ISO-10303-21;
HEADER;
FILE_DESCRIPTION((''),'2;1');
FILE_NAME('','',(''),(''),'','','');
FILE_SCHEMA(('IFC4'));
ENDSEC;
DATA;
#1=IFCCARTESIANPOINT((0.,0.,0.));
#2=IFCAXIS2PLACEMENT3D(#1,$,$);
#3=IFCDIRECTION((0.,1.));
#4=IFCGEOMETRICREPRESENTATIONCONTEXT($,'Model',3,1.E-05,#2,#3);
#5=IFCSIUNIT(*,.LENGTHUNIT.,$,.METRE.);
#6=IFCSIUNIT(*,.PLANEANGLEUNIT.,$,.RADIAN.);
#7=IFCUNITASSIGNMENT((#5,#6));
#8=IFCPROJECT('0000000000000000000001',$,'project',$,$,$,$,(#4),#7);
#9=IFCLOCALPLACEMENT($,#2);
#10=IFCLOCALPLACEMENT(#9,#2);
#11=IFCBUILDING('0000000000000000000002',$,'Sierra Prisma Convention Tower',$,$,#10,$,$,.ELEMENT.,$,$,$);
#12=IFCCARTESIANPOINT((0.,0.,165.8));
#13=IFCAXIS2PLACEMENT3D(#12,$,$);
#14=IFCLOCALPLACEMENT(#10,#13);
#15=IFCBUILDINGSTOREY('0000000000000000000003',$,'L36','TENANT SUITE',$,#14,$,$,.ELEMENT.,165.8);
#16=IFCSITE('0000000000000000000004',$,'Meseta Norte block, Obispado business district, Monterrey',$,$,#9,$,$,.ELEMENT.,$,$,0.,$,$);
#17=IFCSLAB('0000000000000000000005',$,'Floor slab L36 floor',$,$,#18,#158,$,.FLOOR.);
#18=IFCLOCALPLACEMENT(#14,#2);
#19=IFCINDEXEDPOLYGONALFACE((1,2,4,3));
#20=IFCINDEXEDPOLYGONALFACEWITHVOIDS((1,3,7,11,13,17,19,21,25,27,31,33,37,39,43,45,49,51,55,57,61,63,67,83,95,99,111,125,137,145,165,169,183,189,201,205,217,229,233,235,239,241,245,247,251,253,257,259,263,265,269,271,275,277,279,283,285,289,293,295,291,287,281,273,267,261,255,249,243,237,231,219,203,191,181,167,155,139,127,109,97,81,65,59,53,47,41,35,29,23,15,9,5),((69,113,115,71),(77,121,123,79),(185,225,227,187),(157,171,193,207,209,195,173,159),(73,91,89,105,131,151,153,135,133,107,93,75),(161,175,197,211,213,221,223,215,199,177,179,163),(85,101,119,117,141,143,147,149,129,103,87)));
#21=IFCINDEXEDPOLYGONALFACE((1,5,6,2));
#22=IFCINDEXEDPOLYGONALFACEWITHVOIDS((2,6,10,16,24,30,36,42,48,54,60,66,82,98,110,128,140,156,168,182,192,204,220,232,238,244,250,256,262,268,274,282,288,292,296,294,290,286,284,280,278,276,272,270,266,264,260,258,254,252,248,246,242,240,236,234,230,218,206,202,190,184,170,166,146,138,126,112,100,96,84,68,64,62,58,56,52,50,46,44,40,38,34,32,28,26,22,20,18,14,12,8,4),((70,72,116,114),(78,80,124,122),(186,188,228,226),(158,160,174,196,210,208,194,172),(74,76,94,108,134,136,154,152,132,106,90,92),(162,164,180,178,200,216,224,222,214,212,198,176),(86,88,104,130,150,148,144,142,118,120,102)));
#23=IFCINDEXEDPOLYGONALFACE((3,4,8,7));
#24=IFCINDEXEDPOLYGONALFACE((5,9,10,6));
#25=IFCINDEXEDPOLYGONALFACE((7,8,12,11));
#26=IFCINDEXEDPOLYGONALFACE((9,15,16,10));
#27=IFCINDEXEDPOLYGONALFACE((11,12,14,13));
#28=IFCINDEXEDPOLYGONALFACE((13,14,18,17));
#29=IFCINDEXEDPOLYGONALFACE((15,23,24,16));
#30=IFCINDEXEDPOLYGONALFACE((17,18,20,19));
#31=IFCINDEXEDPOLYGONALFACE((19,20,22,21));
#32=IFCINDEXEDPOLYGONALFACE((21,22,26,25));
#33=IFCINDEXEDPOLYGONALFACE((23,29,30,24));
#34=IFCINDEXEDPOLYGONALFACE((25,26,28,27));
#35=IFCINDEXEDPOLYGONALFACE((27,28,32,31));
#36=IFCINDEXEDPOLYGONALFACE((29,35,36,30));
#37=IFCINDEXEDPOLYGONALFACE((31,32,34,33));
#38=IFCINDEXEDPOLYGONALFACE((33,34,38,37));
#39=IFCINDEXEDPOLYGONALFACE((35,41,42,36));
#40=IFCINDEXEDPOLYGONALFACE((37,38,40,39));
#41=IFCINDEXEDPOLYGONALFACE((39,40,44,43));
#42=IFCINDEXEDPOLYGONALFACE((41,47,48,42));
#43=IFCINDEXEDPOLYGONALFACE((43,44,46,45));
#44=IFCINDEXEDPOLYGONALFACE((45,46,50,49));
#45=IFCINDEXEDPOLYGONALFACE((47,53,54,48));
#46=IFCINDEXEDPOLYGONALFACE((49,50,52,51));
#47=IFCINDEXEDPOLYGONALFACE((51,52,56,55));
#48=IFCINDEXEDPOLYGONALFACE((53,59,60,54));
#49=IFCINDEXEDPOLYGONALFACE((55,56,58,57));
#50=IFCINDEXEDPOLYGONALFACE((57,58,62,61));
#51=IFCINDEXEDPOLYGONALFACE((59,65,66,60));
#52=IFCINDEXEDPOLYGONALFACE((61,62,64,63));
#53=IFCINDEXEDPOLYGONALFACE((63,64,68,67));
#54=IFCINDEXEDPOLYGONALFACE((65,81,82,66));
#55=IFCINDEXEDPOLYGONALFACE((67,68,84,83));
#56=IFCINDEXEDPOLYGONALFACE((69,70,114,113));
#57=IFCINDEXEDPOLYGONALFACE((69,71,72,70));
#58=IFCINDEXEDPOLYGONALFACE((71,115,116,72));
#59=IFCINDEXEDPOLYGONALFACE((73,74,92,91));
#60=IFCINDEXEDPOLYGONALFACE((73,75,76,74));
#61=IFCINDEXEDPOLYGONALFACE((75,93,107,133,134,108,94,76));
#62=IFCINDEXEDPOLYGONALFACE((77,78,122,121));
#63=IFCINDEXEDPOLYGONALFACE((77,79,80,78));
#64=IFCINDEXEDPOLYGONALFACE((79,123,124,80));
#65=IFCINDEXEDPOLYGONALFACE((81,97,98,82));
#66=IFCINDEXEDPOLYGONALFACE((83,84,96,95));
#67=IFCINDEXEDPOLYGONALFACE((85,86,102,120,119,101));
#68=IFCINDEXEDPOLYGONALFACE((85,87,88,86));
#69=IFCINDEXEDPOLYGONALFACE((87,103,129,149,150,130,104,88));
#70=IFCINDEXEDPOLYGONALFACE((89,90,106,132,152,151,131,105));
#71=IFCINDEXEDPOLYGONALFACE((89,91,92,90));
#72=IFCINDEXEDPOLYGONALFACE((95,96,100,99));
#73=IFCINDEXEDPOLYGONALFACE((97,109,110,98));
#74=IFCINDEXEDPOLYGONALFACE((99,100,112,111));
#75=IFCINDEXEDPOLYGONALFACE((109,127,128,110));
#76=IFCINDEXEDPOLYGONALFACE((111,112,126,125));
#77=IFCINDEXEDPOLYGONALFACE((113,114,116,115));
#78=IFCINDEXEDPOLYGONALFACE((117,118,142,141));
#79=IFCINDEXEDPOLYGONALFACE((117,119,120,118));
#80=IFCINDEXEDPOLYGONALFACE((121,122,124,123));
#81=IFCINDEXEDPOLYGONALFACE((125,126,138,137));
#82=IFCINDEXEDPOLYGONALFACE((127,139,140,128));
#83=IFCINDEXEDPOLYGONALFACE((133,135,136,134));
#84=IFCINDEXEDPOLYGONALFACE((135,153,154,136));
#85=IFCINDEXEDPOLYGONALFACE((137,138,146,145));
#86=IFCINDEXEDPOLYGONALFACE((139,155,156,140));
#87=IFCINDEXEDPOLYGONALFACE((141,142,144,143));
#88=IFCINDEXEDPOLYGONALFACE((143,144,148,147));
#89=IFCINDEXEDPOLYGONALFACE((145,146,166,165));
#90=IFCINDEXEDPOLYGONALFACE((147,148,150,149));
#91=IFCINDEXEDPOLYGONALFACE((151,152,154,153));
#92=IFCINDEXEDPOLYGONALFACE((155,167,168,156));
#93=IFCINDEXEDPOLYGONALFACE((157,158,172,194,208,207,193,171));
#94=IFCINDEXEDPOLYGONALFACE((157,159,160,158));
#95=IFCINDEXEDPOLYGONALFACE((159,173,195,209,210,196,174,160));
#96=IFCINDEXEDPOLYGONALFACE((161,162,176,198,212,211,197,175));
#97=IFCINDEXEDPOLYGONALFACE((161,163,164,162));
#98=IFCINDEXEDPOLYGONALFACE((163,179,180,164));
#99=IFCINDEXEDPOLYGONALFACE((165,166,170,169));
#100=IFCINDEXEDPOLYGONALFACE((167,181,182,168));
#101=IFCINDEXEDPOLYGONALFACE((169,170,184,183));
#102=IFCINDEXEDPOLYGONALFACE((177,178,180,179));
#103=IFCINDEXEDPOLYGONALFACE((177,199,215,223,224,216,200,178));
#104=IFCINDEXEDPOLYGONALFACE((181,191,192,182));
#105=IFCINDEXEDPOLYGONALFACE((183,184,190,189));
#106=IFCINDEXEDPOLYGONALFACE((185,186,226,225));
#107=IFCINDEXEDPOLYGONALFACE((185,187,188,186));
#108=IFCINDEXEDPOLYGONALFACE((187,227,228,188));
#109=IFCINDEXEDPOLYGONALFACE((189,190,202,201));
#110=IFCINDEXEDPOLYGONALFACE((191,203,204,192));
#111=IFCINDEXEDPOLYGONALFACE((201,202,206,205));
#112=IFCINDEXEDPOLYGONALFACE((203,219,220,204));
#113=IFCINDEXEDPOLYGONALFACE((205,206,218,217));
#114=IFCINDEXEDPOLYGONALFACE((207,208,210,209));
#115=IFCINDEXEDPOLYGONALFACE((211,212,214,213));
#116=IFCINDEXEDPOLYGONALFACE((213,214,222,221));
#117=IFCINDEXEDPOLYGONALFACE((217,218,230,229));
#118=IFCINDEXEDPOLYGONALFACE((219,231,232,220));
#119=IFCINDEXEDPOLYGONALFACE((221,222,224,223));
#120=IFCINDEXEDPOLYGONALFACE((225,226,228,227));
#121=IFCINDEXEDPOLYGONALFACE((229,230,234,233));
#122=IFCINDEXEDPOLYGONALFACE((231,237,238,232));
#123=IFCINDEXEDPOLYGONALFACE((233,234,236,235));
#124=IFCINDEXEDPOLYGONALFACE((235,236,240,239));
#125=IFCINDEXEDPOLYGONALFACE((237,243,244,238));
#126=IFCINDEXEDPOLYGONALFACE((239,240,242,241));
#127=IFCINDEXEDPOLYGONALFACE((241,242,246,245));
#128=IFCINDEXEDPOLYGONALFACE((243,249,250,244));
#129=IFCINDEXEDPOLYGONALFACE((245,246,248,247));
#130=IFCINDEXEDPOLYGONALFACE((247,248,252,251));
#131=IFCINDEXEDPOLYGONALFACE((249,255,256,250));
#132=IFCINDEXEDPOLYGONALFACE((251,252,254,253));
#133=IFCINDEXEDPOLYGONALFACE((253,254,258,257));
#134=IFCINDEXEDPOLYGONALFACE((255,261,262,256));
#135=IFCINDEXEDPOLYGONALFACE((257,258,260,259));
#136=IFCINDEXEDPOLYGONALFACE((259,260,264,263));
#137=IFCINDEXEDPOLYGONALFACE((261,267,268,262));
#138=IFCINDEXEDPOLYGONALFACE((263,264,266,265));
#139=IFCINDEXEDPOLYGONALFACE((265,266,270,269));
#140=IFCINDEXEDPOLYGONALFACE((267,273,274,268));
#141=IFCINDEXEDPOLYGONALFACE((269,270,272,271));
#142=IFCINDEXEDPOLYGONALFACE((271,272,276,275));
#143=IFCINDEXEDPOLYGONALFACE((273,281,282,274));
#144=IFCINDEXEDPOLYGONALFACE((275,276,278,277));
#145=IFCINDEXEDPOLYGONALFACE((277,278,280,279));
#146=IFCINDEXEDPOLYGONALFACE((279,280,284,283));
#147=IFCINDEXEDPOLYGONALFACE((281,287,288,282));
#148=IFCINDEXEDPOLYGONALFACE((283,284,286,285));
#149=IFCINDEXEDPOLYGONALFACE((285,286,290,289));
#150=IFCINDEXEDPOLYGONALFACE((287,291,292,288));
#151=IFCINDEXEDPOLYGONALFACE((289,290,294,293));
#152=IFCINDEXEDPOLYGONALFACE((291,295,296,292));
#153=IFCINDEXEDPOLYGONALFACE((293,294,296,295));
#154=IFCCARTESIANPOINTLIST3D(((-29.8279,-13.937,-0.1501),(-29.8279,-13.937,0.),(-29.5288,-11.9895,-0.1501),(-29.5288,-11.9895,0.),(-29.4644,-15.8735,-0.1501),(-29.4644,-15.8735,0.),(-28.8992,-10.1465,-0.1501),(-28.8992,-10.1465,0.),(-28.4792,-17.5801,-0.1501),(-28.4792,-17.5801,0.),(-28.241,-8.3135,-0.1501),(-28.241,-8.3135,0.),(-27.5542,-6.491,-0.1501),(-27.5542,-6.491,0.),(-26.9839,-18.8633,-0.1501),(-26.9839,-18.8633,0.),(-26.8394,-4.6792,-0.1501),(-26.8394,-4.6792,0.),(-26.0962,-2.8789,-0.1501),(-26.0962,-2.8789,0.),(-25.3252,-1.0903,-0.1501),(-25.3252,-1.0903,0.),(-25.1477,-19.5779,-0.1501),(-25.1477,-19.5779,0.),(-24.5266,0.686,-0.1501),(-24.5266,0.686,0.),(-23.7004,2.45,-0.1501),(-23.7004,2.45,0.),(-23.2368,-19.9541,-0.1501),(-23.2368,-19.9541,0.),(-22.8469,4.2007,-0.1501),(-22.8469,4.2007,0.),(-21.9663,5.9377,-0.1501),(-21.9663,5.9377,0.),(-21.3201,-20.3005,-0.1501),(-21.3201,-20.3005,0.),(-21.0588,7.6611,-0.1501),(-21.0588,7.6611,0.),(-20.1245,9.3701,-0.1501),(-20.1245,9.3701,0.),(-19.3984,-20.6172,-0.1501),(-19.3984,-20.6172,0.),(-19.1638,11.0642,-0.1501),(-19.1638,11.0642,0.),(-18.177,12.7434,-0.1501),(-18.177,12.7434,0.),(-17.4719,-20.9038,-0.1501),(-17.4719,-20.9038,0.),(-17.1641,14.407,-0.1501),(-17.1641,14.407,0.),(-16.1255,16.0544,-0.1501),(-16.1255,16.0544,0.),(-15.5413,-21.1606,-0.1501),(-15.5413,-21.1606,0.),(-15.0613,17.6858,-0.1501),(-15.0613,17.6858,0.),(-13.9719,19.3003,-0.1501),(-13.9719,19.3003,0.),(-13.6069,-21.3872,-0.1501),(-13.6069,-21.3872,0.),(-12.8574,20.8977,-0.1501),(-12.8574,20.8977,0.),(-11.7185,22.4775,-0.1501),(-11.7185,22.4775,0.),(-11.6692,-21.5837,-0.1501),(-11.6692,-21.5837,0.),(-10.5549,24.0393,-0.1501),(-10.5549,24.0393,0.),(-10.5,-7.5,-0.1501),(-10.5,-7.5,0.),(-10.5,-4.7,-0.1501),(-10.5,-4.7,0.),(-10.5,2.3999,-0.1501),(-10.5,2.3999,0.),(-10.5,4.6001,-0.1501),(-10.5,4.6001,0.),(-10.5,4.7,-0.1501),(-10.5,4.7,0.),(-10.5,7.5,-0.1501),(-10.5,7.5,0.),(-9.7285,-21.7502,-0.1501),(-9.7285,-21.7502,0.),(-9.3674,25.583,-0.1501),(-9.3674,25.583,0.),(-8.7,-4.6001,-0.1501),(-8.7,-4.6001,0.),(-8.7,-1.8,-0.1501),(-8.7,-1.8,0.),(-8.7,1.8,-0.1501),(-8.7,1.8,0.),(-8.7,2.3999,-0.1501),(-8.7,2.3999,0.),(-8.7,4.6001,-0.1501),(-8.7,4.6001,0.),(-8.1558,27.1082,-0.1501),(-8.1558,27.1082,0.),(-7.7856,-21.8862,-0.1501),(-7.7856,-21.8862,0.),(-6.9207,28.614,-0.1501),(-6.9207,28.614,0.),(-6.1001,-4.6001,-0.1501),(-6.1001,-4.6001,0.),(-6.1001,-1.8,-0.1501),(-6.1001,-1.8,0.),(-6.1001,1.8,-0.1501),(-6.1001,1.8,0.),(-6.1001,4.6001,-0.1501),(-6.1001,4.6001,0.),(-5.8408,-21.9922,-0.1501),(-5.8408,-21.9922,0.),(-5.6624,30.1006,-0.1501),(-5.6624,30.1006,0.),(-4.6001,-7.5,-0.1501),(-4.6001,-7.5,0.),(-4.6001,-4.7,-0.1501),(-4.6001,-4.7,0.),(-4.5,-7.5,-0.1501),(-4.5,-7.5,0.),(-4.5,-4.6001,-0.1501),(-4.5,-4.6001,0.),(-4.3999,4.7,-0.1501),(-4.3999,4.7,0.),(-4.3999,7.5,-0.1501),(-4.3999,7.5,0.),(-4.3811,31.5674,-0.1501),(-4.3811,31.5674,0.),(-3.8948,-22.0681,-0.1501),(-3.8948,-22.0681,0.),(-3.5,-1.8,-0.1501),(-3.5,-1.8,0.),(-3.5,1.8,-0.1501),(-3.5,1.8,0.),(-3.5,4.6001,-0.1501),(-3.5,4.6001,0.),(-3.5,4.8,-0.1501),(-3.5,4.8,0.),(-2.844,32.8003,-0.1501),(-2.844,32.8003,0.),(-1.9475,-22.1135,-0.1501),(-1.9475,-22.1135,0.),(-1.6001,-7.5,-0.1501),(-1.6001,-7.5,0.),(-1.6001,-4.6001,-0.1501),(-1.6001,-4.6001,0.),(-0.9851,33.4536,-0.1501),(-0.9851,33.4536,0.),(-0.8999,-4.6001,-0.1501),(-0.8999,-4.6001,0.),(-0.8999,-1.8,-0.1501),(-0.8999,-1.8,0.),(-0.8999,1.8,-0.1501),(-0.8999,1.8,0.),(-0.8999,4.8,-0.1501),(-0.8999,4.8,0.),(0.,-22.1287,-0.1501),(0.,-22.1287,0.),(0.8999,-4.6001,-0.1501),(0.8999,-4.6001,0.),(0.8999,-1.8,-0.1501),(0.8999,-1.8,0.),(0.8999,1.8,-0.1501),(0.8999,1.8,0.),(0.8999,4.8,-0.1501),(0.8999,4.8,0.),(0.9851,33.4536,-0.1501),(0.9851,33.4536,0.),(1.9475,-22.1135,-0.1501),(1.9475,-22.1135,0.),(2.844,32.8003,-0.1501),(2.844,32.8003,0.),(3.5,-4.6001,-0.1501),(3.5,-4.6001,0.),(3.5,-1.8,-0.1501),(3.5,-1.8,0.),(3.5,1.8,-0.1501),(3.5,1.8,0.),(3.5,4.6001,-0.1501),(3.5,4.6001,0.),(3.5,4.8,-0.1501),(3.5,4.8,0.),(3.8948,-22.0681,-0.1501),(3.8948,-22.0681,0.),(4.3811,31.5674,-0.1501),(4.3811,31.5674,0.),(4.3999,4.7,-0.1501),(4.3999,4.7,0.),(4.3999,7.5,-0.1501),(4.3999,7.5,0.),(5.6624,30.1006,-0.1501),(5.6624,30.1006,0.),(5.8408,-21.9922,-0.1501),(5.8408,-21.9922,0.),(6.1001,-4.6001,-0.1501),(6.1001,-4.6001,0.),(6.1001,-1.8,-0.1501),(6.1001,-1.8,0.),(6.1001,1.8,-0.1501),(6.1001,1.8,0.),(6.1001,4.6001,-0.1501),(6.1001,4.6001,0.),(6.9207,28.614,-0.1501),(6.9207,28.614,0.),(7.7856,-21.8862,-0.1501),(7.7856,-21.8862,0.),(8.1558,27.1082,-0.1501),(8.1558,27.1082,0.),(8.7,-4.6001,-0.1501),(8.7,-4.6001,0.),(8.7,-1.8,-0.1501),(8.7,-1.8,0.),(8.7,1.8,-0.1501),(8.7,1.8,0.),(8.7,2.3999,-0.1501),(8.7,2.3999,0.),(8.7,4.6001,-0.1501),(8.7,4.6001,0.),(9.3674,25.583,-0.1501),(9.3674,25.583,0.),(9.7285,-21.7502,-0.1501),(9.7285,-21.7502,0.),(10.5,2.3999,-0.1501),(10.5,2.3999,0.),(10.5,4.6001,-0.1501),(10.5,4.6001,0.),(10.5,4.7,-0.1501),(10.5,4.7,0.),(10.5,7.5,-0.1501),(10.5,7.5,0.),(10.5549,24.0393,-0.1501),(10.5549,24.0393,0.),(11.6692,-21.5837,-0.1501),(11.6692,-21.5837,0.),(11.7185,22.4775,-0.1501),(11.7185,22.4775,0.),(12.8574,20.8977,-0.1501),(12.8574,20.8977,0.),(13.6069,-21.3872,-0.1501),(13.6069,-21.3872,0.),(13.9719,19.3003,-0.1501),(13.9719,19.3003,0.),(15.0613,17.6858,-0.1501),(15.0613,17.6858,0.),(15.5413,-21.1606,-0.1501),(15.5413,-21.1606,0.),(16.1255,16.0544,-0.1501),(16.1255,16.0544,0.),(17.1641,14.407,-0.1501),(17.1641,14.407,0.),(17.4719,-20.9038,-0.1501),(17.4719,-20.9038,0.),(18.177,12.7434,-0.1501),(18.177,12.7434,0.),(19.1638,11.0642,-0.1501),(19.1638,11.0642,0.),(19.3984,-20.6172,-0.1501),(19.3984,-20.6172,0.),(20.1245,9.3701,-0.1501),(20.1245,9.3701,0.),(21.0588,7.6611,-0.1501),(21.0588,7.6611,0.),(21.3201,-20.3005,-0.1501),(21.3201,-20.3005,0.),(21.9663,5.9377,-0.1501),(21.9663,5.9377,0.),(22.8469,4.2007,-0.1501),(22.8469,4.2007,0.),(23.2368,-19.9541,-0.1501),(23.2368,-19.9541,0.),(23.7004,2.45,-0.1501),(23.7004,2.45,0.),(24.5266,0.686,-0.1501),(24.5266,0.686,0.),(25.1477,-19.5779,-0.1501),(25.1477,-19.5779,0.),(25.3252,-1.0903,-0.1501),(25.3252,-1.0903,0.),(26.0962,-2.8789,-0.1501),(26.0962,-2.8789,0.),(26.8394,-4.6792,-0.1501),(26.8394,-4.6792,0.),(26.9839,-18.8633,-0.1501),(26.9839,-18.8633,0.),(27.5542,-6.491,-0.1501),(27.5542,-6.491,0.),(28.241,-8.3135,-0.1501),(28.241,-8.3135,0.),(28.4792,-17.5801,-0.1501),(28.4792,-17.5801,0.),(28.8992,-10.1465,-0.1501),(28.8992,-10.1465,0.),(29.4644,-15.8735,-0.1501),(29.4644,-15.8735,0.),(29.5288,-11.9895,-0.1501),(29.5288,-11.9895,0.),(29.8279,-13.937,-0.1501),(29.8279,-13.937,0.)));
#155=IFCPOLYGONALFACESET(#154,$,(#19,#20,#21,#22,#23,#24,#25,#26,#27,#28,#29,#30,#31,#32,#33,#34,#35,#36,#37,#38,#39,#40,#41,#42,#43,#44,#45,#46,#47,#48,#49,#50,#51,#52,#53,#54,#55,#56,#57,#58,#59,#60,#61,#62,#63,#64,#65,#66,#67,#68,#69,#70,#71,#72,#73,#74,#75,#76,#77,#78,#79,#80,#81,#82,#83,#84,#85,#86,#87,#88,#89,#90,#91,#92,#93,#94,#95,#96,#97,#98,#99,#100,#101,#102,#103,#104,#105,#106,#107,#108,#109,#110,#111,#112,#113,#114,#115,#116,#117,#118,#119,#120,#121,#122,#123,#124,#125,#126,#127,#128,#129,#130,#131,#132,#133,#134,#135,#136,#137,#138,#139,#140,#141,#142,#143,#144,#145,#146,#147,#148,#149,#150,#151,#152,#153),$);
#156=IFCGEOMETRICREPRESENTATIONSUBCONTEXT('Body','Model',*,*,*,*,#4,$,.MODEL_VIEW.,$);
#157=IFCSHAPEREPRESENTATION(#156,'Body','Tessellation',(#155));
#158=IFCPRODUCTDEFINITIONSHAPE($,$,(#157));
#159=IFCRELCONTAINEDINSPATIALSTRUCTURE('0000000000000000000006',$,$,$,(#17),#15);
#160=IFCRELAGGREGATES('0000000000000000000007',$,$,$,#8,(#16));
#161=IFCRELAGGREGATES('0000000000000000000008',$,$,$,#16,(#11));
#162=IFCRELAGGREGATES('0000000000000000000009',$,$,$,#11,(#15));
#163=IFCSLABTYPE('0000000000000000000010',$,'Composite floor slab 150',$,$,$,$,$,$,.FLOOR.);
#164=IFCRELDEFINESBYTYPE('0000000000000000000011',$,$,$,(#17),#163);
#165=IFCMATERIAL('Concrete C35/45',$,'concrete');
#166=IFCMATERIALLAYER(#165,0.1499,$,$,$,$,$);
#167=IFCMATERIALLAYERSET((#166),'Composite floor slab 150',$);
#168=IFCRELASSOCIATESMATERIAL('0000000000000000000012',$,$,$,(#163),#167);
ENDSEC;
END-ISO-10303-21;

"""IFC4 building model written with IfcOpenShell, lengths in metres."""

from ifc_helpers import new_model, si_unit, direction, frame, origin, place, context, subcontext, project, spatial, polyline, outline, extrude, material, layer, layer_set, type_object, element, save


model = new_model("IFC4")

# Units and contexts
model_context = context("Model", 3, precision=1e-05, world=origin(), true_north=direction((0.0, 1.0)))
body_context = subcontext(model_context, "Body", "Model", "MODEL_VIEW")
ifc_project = project(units=[si_unit("LENGTHUNIT", "METRE"), si_unit("PLANEANGLEUNIT", "RADIAN")], contexts=[model_context])

# Site, building, storey
site_placement = place(None, origin())
site = spatial("IfcSite", under=ifc_project, at=site_placement, Name="Meseta Norte block, Obispado business district, Monterrey", CompositionType="ELEMENT", RefElevation=0.0)
building_placement = place(site_placement, origin())
building = spatial("IfcBuilding", under=site, at=building_placement, Name="Sierra Prisma Convention Tower", CompositionType="ELEMENT")
storey_placement = place(building_placement, frame((0.0, 0.0, 165.8)))
storey = spatial("IfcBuildingStorey", under=building, at=storey_placement, Name="L36", Description="TENANT SUITE", CompositionType="ELEMENT", Elevation=165.8)

# Slab
ifc_material_1 = material(Name="Concrete C35/45", Category="concrete")
ifc_layer_1 = layer(ifc_material_1, 0.1499)
ifc_layer_set_1 = layer_set([ifc_layer_1], Name="Composite floor slab 150")
slab_type = type_object("IfcSlabType", Name="Composite floor slab 150", PredefinedType="FLOOR", material=ifc_layer_set_1)
slab_placement = place(storey_placement, frame((0.0, 0.0, -0.1501)))
element("IfcSlab", 1, at=slab_placement, inside=storey, type_object=slab_type, Name="Floor slab L36 floor", PredefinedType="FLOOR", context=body_context, shape_type="SweptSolid", body=[
    extrude(outline(polyline([(-25.1477, -19.5779), (-23.2368, -19.9541), (-21.3201, -20.3005), (-19.3984, -20.6172), (-17.4719, -20.9038), (-15.5413, -21.1606), (-13.6069, -21.3872), (-11.6692, -21.5837), (-9.7285, -21.7502), (-7.7856, -21.8862), (-5.8408, -21.9922), (-3.8948, -22.0681), (-1.9475, -22.1135), (0.0, -22.1287), (1.9475, -22.1135), (3.8948, -22.0681), (5.8408, -21.9922), (7.7856, -21.8862), (9.7285, -21.7502), (11.6692, -21.5837), (13.6069, -21.3872), (15.5413, -21.1606), (17.4719, -20.9038), (19.3984, -20.6172), (21.3201, -20.3005), (23.2368, -19.9541), (25.1477, -19.5779), (26.9839, -18.8633), (28.4792, -17.5801), (29.4644, -15.8735), (29.8279, -13.937), (29.5288, -11.9895), (28.8992, -10.1465), (28.241, -8.3135), (27.5542, -6.491), (26.8394, -4.6792), (26.0962, -2.8789), (25.3252, -1.0903), (24.5266, 0.686), (23.7004, 2.45), (22.8469, 4.2007), (21.9663, 5.9377), (21.0588, 7.6611), (20.1245, 9.3701), (19.1638, 11.0642), (18.177, 12.7434), (17.1641, 14.407), (16.1255, 16.0544), (15.0613, 17.6858), (13.9719, 19.3003), (12.8574, 20.8977), (11.7185, 22.4775), (10.5549, 24.0393), (9.3674, 25.583), (8.1558, 27.1082), (6.9207, 28.614), (5.6624, 30.1006), (4.3811, 31.5674), (2.844, 32.8003), (0.9851, 33.4536), (-0.9851, 33.4536), (-2.844, 32.8003), (-4.3811, 31.5674), (-5.6624, 30.1006), (-6.9207, 28.614), (-8.1558, 27.1082), (-9.3674, 25.583), (-10.5549, 24.0393), (-11.7185, 22.4775), (-12.8574, 20.8977), (-13.9719, 19.3003), (-15.0613, 17.6858), (-16.1255, 16.0544), (-17.1641, 14.407), (-18.177, 12.7434), (-19.1638, 11.0642), (-20.1245, 9.3701), (-21.0588, 7.6611), (-21.9663, 5.9377), (-22.8469, 4.2007), (-23.7004, 2.45), (-24.5266, 0.686), (-25.3252, -1.0903), (-26.0962, -2.8789), (-26.8394, -4.6792), (-27.5542, -6.491), (-28.241, -8.3135), (-28.8992, -10.1465), (-29.5288, -11.9895), (-29.8279, -13.937), (-29.4644, -15.8735), (-28.4792, -17.5801), (-26.9839, -18.8633), (-25.1477, -19.5779)]), holes=[polyline([(-4.6001, -7.5), (-10.5, -7.5), (-10.5, -4.7), (-4.6001, -4.7), (-4.6001, -7.5)]), polyline([(-8.7, -4.6001), (-8.7, -1.8), (-6.1001, -1.8), (-3.5, -1.8), (-0.8999, -1.8), (-0.8999, -4.6001), (-1.6001, -4.6001), (-1.6001, -7.5), (-4.5, -7.5), (-4.5, -4.6001), (-6.1001, -4.6001), (-8.7, -4.6001)]), polyline([(-10.5, 4.6001), (-8.7, 4.6001), (-6.1001, 4.6001), (-3.5, 4.6001), (-3.5, 4.8), (-0.8999, 4.8), (-0.8999, 1.8), (-3.5, 1.8), (-6.1001, 1.8), (-8.7, 1.8), (-8.7, 2.3999), (-10.5, 2.3999), (-10.5, 4.6001)]), polyline([(-10.5, 4.7), (-10.5, 7.5), (-4.3999, 7.5), (-4.3999, 4.7), (-10.5, 4.7)]), polyline([(6.1001, -1.8), (8.7, -1.8), (8.7, -4.6001), (6.1001, -4.6001), (3.5, -4.6001), (0.8999, -4.6001), (0.8999, -1.8), (3.5, -1.8), (6.1001, -1.8)]), polyline([(8.7, 4.6001), (10.5, 4.6001), (10.5, 2.3999), (8.7, 2.3999), (8.7, 1.8), (6.1001, 1.8), (3.5, 1.8), (0.8999, 1.8), (0.8999, 4.8), (3.5, 4.8), (3.5, 4.6001), (6.1001, 4.6001), (8.7, 4.6001)]), polyline([(4.3999, 4.7), (4.3999, 7.5), (10.5, 7.5), (10.5, 4.7), (4.3999, 4.7)])]), origin(), (0.0, 0.0, 1.0), 0.1501),
])

save(model, "model.ifc")
